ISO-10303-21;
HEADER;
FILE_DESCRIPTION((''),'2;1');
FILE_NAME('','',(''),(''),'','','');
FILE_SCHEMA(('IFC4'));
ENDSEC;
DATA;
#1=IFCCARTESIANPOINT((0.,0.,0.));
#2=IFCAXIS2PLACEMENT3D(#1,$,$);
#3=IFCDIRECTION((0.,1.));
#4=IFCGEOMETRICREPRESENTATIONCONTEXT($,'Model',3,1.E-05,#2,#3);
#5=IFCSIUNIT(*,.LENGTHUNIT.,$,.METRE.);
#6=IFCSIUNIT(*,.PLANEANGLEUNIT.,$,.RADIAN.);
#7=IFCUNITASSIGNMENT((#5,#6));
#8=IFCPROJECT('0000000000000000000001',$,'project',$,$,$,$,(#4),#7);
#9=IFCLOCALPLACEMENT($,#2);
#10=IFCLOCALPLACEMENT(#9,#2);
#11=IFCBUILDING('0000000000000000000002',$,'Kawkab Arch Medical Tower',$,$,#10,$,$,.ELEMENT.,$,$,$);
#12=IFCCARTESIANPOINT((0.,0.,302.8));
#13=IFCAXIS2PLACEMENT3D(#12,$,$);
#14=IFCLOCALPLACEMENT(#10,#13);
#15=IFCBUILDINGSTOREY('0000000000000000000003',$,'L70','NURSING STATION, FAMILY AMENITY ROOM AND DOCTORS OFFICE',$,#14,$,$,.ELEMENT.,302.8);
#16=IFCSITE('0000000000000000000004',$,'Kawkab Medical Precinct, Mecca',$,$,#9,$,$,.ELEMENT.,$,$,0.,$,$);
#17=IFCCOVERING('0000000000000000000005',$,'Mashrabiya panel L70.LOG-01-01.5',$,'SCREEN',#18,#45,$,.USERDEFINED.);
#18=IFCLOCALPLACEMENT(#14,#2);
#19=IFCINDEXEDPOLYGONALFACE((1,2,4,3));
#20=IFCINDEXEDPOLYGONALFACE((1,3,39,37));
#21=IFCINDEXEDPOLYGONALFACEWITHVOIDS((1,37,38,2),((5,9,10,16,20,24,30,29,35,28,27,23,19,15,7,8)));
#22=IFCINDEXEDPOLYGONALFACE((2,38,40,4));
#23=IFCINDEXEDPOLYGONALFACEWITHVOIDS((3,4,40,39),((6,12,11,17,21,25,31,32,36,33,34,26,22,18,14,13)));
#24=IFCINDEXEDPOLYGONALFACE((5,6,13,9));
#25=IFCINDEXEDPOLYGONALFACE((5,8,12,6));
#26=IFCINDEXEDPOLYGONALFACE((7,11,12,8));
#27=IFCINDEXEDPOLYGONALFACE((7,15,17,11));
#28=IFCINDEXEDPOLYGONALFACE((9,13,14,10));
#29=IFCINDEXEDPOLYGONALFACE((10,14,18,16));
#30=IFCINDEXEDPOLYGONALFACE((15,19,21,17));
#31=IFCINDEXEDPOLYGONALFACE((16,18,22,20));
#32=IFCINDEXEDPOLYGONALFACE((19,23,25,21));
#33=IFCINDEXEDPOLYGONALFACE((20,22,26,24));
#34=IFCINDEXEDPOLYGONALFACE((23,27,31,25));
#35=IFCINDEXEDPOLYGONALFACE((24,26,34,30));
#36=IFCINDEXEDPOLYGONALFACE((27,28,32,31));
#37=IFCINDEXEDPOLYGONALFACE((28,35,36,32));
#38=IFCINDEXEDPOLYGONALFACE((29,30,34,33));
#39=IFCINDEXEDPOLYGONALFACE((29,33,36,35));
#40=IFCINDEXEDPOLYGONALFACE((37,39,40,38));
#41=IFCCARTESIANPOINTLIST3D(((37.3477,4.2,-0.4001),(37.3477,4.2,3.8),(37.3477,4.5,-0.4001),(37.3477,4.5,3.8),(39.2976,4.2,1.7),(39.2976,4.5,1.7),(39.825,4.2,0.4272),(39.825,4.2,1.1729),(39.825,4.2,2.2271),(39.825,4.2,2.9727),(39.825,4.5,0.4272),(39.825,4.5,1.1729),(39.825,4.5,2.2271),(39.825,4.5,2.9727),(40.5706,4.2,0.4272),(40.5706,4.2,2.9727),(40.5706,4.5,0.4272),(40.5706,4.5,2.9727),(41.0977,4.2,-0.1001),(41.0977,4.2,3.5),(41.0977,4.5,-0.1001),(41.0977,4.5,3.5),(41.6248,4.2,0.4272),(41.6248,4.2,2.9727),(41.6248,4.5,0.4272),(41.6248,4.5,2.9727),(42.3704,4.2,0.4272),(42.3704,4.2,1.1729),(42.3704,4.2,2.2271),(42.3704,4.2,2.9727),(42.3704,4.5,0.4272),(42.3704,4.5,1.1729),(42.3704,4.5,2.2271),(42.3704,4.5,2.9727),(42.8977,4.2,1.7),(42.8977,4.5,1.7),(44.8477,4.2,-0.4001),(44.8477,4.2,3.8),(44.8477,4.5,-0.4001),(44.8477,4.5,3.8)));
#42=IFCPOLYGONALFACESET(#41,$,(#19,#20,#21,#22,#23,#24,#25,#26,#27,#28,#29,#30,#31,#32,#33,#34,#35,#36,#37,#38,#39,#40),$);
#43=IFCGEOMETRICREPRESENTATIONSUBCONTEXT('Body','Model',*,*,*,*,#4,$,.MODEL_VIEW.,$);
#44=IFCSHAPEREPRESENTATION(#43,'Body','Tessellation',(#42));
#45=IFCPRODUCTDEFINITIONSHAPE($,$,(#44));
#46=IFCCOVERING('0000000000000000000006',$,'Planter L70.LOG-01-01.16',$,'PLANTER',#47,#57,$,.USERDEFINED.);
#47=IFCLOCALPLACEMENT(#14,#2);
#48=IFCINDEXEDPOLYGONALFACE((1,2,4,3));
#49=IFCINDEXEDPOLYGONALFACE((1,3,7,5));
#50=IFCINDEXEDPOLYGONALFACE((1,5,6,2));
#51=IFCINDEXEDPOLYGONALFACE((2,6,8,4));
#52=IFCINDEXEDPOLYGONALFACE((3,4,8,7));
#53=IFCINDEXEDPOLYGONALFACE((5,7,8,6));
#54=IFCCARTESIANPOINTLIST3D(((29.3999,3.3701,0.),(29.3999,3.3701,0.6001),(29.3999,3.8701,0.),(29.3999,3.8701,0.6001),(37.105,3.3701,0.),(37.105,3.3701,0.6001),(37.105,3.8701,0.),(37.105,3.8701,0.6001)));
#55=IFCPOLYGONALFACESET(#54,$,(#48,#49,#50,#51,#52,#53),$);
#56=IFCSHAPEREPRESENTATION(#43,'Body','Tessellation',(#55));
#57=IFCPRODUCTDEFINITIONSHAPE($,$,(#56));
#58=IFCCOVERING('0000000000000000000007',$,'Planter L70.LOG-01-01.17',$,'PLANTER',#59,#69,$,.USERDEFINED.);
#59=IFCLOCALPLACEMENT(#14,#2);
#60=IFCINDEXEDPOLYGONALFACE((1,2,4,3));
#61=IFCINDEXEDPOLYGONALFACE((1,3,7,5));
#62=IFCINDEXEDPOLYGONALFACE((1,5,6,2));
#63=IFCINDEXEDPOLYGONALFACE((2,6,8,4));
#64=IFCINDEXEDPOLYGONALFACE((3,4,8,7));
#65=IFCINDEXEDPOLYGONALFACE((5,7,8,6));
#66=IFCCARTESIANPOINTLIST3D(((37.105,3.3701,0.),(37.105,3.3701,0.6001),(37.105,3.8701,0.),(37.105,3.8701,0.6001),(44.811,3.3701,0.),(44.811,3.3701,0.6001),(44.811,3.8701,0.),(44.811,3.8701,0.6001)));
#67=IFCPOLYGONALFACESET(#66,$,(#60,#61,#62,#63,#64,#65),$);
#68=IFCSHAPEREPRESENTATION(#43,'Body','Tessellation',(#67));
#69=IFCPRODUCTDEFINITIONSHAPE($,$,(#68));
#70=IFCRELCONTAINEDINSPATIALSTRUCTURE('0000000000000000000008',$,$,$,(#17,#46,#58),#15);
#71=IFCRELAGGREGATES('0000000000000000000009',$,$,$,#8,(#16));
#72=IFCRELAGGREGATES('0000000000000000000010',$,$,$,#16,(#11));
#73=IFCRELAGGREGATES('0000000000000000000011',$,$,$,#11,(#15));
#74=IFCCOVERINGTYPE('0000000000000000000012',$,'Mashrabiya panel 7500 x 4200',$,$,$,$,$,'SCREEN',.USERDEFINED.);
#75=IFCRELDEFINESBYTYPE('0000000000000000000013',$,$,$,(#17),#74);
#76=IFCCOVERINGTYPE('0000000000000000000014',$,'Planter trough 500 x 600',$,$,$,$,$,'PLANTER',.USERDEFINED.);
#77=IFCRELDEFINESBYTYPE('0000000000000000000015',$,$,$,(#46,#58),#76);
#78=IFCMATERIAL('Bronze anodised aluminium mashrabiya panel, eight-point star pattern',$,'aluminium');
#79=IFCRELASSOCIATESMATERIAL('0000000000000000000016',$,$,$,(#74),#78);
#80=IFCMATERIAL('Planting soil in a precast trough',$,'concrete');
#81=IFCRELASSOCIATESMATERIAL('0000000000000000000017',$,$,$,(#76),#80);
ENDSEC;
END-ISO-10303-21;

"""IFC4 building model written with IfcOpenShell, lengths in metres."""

from ifc_helpers import new_model, si_unit, direction, frame, origin, origin_2d, place, context, subcontext, project, spatial, polyline, rectangle, outline, extrude, material, material_profile, profile_set, type_object, element, save


model = new_model("IFC4")

# Units and contexts
model_context = context("Model", 3, precision=1e-05, world=origin(), true_north=direction((0.0, 1.0)))
body_context = subcontext(model_context, "Body", "Model", "MODEL_VIEW")
ifc_project = project(units=[si_unit("LENGTHUNIT", "METRE"), si_unit("PLANEANGLEUNIT", "RADIAN")], contexts=[model_context])

# Site, building, storey
site_placement = place(None, origin())
site = spatial("IfcSite", under=ifc_project, at=site_placement, Name="Kawkab Medical Precinct, Mecca", CompositionType="ELEMENT", RefElevation=0.0)
building_placement = place(site_placement, origin())
building = spatial("IfcBuilding", under=site, at=building_placement, Name="Kawkab Arch Medical Tower", CompositionType="ELEMENT")
storey_placement = place(building_placement, frame((0.0, 0.0, 302.8)))
storey = spatial("IfcBuildingStorey", under=building, at=storey_placement, Name="L70", Description="NURSING STATION, FAMILY AMENITY ROOM AND DOCTORS OFFICE", CompositionType="ELEMENT", Elevation=302.8)

# Coverings
ifc_material_1 = material(Name="Bronze anodised aluminium mashrabiya panel, eight-point star pattern", Category="aluminium")
ifc_material_profile_1 = material_profile(ifc_material_1, outline(polyline([(-3.75, -2.1001), (3.75, -2.1001), (3.75, 2.1001), (-3.75, 2.1001), (-3.75, -2.1001)]), holes=[polyline([(1.8, 0.0), (1.2727, 0.5271), (1.2727, 1.2727), (0.5271, 1.2727), (0.0, 1.8), (-0.5271, 1.2727), (-1.2727, 1.2727), (-1.2727, 0.5271), (-1.8, 0.0), (-1.2727, -0.5271), (-1.2727, -1.2727), (-0.5271, -1.2727), (0.0, -1.8), (0.5271, -1.2727), (1.2727, -1.2727), (1.2727, -0.5271), (1.8, 0.0)])]), Name="Mashrabiya panel 7500x4200")
ifc_profile_set_1 = profile_set([ifc_material_profile_1], Name="Bronze anodised aluminium mashrabiya panel, eight-point star pattern")
covering_type_1 = type_object("IfcCoveringType", Name="Mashrabiya panel 7500 x 4200", ElementType="SCREEN", PredefinedType="USERDEFINED", material=ifc_profile_set_1)
covering_1_placement = place(storey_placement, frame((41.0977, 4.2, 1.7), z_axis=(0.0, 1.0, 0.0), x_axis=(-1.0, 0.0, 0.0)))
element("IfcCovering", 1, at=covering_1_placement, inside=storey, type_object=covering_type_1, Name="Mashrabiya panel L70.LOG-01-01.5", ObjectType="SCREEN", PredefinedType="USERDEFINED", context=body_context, shape_type="SweptSolid", body=[
    extrude(outline(polyline([(-3.75, -2.1001), (3.75, -2.1001), (3.75, 2.1001), (-3.75, 2.1001), (-3.75, -2.1001)]), holes=[polyline([(1.8, 0.0), (1.2727, 0.5271), (1.2727, 1.2727), (0.5271, 1.2727), (0.0, 1.8), (-0.5271, 1.2727), (-1.2727, 1.2727), (-1.2727, 0.5271), (-1.8, 0.0), (-1.2727, -0.5271), (-1.2727, -1.2727), (-0.5271, -1.2727), (0.0, -1.8), (0.5271, -1.2727), (1.2727, -1.2727), (1.2727, -0.5271), (1.8, 0.0)])]), origin(), (0.0, 0.0, 1.0), 0.3),
])
ifc_material_2 = material(Name="Planting soil in a precast trough", Category="concrete")
ifc_material_profile_2 = material_profile(ifc_material_2, rectangle(XDim=0.5, YDim=0.6001, at=origin_2d()), Name="Trough 500x600")
ifc_profile_set_2 = profile_set([ifc_material_profile_2], Name="Planting soil in a precast trough")
covering_type_2 = type_object("IfcCoveringType", Name="Planter trough 500 x 600", ElementType="PLANTER", PredefinedType="USERDEFINED", material=ifc_profile_set_2)
covering_2_placement = place(storey_placement, frame((29.3999, 3.6201, 0.3), z_axis=(1.0, 0.0, 0.0), x_axis=(0.0, 1.0, 0.0)))
element("IfcCovering", 2, at=covering_2_placement, inside=storey, type_object=covering_type_2, Name="Planter L70.LOG-01-01.16", ObjectType="PLANTER", PredefinedType="USERDEFINED", context=body_context, shape_type="SweptSolid", body=[
    extrude(rectangle(XDim=0.5, YDim=0.6001, at=origin_2d()), origin(), (0.0, 0.0, 1.0), 7.7051),
])
covering_3_placement = place(storey_placement, frame((37.105, 3.6201, 0.3), z_axis=(1.0, 0.0, 0.0), x_axis=(0.0, 1.0, 0.0)))
element("IfcCovering", 3, at=covering_3_placement, inside=storey, type_object=covering_type_2, Name="Planter L70.LOG-01-01.17", ObjectType="PLANTER", PredefinedType="USERDEFINED", context=body_context, shape_type="SweptSolid", body=[
    extrude(rectangle(XDim=0.5, YDim=0.6001, at=origin_2d()), origin(), (0.0, 0.0, 1.0), 7.7061),
])

save(model, "model.ifc")
